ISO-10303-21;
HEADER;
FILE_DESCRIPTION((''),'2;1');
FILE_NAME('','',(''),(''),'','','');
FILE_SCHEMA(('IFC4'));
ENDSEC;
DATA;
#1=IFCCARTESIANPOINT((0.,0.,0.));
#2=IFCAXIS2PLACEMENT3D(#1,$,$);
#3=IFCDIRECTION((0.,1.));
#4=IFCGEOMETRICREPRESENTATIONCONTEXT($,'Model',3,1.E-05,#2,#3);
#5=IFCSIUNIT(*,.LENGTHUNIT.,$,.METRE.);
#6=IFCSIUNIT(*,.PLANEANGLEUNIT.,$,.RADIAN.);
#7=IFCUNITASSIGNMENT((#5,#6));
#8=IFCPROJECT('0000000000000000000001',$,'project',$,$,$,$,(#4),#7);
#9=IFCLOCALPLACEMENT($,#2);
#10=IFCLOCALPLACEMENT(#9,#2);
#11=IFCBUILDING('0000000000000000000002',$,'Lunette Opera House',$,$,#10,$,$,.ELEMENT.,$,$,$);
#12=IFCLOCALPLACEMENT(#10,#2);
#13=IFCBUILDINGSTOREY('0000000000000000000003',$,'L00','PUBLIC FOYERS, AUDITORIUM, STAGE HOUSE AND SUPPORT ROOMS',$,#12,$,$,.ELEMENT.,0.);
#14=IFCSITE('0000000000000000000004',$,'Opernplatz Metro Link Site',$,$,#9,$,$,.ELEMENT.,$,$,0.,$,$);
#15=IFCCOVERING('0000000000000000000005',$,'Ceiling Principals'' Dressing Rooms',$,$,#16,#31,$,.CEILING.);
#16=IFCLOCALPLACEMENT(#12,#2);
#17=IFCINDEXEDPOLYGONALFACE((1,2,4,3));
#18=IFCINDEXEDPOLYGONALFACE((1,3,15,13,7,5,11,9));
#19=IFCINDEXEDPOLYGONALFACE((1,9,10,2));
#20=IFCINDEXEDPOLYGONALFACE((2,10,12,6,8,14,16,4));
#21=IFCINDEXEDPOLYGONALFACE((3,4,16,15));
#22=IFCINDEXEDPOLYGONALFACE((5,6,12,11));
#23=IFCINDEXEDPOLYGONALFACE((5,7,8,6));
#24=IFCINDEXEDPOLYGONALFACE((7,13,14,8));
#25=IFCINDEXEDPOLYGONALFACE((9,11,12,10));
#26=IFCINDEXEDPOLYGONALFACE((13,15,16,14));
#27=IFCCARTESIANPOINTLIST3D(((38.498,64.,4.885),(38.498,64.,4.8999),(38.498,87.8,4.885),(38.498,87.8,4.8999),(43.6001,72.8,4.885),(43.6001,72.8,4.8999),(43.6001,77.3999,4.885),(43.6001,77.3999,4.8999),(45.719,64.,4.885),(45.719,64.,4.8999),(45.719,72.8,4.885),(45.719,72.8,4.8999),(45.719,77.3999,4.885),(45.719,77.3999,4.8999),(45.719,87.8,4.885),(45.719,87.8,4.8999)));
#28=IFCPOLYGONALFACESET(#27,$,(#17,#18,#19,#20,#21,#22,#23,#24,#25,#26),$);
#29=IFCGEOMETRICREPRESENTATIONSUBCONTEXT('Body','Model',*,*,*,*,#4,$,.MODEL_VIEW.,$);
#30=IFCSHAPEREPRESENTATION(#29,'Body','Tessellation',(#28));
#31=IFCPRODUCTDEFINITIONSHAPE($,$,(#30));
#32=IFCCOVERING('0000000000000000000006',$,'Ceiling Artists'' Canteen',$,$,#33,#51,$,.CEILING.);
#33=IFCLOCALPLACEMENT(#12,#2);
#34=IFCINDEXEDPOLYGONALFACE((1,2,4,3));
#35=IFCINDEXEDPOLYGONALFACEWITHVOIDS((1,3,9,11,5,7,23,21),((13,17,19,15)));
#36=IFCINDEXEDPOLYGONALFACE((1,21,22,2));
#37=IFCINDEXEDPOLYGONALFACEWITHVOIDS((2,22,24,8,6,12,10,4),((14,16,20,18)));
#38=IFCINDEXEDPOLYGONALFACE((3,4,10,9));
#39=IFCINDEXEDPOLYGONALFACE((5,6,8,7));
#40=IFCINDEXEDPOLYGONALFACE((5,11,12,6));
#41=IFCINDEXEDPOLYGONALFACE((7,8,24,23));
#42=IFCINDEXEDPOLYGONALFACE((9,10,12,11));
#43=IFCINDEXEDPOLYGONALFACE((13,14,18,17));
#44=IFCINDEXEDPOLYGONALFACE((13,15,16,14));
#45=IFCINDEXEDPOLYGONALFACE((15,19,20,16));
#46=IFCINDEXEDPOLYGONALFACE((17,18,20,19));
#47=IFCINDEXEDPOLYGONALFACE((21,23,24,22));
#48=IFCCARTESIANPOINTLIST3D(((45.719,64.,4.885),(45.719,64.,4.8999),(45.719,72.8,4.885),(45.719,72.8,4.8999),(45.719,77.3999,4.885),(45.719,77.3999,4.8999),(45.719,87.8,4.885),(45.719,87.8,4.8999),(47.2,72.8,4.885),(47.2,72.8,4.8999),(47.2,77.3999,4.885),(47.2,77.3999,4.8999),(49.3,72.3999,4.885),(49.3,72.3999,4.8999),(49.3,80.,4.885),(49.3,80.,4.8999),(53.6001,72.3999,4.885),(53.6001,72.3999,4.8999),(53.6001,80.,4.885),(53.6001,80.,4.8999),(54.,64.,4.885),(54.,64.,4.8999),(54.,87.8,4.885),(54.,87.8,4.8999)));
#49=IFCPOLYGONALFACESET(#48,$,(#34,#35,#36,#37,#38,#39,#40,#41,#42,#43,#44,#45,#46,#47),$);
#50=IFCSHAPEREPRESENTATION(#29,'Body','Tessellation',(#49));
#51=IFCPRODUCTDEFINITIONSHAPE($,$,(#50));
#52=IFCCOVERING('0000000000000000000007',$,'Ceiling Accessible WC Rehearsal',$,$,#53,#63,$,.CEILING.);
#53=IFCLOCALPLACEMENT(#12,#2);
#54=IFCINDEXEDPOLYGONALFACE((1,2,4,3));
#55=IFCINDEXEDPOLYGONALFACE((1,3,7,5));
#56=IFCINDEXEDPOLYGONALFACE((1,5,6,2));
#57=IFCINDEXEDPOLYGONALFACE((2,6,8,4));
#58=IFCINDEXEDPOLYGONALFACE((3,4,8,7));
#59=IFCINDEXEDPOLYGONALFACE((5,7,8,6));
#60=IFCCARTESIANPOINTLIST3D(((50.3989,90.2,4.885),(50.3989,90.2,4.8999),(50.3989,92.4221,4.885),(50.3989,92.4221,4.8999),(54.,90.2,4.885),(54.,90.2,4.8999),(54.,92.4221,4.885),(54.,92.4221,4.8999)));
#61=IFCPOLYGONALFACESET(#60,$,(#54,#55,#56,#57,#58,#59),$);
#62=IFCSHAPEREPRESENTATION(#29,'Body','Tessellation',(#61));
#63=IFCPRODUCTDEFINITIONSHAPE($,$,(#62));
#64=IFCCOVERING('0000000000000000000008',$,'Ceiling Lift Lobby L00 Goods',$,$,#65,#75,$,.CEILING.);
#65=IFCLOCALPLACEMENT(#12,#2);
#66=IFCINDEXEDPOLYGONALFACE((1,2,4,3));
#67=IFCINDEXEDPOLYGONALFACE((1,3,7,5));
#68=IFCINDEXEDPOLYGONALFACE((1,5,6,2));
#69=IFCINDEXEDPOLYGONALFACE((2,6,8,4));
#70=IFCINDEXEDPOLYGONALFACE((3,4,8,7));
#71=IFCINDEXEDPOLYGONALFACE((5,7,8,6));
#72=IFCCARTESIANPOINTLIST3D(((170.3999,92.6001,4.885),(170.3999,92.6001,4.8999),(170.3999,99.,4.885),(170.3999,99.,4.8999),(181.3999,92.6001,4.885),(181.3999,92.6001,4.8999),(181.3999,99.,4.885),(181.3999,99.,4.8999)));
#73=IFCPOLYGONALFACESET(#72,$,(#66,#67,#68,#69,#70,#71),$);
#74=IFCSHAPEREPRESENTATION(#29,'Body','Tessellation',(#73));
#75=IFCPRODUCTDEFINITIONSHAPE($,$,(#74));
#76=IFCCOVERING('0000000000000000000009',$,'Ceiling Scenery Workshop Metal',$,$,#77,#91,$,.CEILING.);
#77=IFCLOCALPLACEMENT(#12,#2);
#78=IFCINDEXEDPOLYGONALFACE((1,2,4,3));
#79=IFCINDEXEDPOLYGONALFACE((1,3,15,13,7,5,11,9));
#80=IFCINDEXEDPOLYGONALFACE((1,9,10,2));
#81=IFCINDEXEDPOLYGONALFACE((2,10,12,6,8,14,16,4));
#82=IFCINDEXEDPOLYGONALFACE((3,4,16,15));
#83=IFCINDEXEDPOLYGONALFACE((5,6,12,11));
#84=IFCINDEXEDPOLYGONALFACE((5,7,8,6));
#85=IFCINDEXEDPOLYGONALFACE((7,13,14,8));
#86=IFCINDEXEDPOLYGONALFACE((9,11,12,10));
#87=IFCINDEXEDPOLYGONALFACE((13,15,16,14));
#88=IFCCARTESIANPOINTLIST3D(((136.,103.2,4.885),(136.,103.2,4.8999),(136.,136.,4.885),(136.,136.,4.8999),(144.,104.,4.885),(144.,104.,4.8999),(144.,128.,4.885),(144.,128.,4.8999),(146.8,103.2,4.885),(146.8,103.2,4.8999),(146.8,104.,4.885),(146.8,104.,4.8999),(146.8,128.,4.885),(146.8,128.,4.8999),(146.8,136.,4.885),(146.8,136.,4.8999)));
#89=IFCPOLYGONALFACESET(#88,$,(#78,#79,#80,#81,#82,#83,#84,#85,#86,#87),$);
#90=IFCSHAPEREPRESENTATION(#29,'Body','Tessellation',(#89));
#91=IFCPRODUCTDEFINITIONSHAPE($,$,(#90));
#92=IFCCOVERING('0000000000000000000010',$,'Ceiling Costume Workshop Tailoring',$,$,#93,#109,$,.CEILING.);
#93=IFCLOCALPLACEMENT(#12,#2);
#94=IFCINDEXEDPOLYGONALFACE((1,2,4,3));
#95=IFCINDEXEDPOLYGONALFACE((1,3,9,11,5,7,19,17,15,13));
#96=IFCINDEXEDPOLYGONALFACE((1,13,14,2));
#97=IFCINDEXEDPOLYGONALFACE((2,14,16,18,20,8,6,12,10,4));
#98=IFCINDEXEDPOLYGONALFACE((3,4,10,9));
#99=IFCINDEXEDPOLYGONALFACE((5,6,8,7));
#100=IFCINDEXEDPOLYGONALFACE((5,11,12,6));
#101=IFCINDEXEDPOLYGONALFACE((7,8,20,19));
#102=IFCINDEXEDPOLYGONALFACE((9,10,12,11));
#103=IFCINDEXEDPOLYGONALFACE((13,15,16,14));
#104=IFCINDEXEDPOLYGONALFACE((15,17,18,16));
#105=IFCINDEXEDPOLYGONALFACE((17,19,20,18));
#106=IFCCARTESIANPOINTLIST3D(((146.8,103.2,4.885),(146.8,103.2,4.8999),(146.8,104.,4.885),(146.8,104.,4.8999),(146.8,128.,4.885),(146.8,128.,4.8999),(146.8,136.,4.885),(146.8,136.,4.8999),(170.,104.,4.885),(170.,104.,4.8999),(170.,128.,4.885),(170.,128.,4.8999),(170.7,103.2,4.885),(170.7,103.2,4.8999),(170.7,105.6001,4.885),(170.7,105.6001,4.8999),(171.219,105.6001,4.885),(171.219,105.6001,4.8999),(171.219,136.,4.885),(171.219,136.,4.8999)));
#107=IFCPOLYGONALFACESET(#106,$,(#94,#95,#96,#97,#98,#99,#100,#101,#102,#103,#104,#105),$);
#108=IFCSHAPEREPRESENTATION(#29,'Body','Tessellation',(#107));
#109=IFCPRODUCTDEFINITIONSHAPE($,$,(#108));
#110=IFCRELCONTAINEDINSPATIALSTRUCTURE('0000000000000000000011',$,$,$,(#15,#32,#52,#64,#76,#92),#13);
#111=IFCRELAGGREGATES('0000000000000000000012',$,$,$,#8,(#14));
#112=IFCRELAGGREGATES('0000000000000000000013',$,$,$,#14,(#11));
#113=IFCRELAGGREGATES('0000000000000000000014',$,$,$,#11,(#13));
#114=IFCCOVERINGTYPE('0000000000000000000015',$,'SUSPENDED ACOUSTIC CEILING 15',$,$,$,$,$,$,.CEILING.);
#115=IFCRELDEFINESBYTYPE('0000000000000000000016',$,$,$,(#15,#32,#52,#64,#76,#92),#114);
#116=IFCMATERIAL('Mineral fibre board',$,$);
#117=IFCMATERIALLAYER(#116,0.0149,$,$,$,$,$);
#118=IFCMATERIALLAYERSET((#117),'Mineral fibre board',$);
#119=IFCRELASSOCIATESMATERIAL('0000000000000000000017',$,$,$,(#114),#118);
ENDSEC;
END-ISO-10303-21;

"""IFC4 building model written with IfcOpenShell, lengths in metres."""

from ifc_helpers import new_model, si_unit, direction, frame, origin, place, context, subcontext, project, spatial, polyline, outline, extrude, material, layer, layer_set, type_object, element, save


model = new_model("IFC4")

# Units and contexts
model_context = context("Model", 3, precision=1e-05, world=origin(), true_north=direction((0.0, 1.0)))
body_context = subcontext(model_context, "Body", "Model", "MODEL_VIEW")
ifc_project = project(units=[si_unit("LENGTHUNIT", "METRE"), si_unit("PLANEANGLEUNIT", "RADIAN")], contexts=[model_context])

# Site, building, storey
site_placement = place(None, origin())
site = spatial("IfcSite", under=ifc_project, at=site_placement, Name="Opernplatz Metro Link Site", CompositionType="ELEMENT", RefElevation=0.0)
building_placement = place(site_placement, origin())
building = spatial("IfcBuilding", under=site, at=building_placement, Name="Lunette Opera House", CompositionType="ELEMENT")
storey_placement = place(building_placement, origin())
storey = spatial("IfcBuildingStorey", under=building, at=storey_placement, Name="L00", Description="PUBLIC FOYERS, AUDITORIUM, STAGE HOUSE AND SUPPORT ROOMS", CompositionType="ELEMENT", Elevation=0.0)

# Coverings
ifc_material_1 = material(Name="Mineral fibre board")
ifc_layer_1 = layer(ifc_material_1, 0.0149)
ifc_layer_set_1 = layer_set([ifc_layer_1], Name="Mineral fibre board")
covering_type = type_object("IfcCoveringType", Name="SUSPENDED ACOUSTIC CEILING 15", PredefinedType="CEILING", material=ifc_layer_set_1)
covering_1_placement = place(storey_placement, frame((0.0, 0.0, 4.885)))
element("IfcCovering", 1, at=covering_1_placement, inside=storey, type_object=covering_type, Name="Ceiling Principals' Dressing Rooms", PredefinedType="CEILING", context=body_context, shape_type="SweptSolid", body=[
    extrude(outline(polyline([(38.498, 64.0), (38.498, 87.8), (45.719, 87.8), (45.719, 77.3999), (43.6001, 77.3999), (43.6001, 72.8), (45.719, 72.8), (45.719, 64.0), (38.498, 64.0)])), origin(), (0.0, 0.0, 1.0), 0.0149),
])
covering_2_placement = place(storey_placement, frame((0.0, 0.0, 4.885)))
element("IfcCovering", 2, at=covering_2_placement, inside=storey, type_object=covering_type, Name="Ceiling Artists' Canteen", PredefinedType="CEILING", context=body_context, shape_type="SweptSolid", body=[
    extrude(outline(polyline([(54.0, 64.0), (45.719, 64.0), (45.719, 72.8), (47.2, 72.8), (47.2, 77.3999), (45.719, 77.3999), (45.719, 87.8), (54.0, 87.8), (54.0, 64.0)]), holes=[polyline([(53.6001, 80.0), (49.3, 80.0), (49.3, 72.3999), (53.6001, 72.3999), (53.6001, 80.0)])]), origin(), (0.0, 0.0, 1.0), 0.0149),
])
covering_3_placement = place(storey_placement, frame((0.0, 0.0, 4.885)))
element("IfcCovering", 3, at=covering_3_placement, inside=storey, type_object=covering_type, Name="Ceiling Accessible WC Rehearsal", PredefinedType="CEILING", context=body_context, shape_type="SweptSolid", body=[
    extrude(outline(polyline([(50.3989, 90.2), (50.3989, 92.4221), (54.0, 92.4221), (54.0, 90.2), (50.3989, 90.2)])), origin(), (0.0, 0.0, 1.0), 0.0149),
])
covering_4_placement = place(storey_placement, frame((0.0, 0.0, 4.885)))
element("IfcCovering", 4, at=covering_4_placement, inside=storey, type_object=covering_type, Name="Ceiling Lift Lobby L00 Goods", PredefinedType="CEILING", context=body_context, shape_type="SweptSolid", body=[
    extrude(outline(polyline([(181.3999, 92.6001), (181.3999, 99.0), (170.3999, 99.0), (170.3999, 92.6001), (181.3999, 92.6001)])), origin(), (0.0, 0.0, 1.0), 0.0149),
])
covering_5_placement = place(storey_placement, frame((0.0, 0.0, 4.885)))
element("IfcCovering", 5, at=covering_5_placement, inside=storey, type_object=covering_type, Name="Ceiling Scenery Workshop Metal", PredefinedType="CEILING", context=body_context, shape_type="SweptSolid", body=[
    extrude(outline(polyline([(136.0, 103.2), (136.0, 136.0), (146.8, 136.0), (146.8, 128.0), (144.0, 128.0), (144.0, 104.0), (146.8, 104.0), (146.8, 103.2), (136.0, 103.2)])), origin(), (0.0, 0.0, 1.0), 0.0149),
])
covering_6_placement = place(storey_placement, frame((0.0, 0.0, 4.885)))
element("IfcCovering", 6, at=covering_6_placement, inside=storey, type_object=covering_type, Name="Ceiling Costume Workshop Tailoring", PredefinedType="CEILING", context=body_context, shape_type="SweptSolid", body=[
    extrude(outline(polyline([(170.7, 105.6001), (170.7, 103.2), (146.8, 103.2), (146.8, 104.0), (170.0, 104.0), (170.0, 128.0), (146.8, 128.0), (146.8, 136.0), (171.219, 136.0), (171.219, 105.6001), (170.7, 105.6001)])), origin(), (0.0, 0.0, 1.0), 0.0149),
])

save(model, "model.ifc")
